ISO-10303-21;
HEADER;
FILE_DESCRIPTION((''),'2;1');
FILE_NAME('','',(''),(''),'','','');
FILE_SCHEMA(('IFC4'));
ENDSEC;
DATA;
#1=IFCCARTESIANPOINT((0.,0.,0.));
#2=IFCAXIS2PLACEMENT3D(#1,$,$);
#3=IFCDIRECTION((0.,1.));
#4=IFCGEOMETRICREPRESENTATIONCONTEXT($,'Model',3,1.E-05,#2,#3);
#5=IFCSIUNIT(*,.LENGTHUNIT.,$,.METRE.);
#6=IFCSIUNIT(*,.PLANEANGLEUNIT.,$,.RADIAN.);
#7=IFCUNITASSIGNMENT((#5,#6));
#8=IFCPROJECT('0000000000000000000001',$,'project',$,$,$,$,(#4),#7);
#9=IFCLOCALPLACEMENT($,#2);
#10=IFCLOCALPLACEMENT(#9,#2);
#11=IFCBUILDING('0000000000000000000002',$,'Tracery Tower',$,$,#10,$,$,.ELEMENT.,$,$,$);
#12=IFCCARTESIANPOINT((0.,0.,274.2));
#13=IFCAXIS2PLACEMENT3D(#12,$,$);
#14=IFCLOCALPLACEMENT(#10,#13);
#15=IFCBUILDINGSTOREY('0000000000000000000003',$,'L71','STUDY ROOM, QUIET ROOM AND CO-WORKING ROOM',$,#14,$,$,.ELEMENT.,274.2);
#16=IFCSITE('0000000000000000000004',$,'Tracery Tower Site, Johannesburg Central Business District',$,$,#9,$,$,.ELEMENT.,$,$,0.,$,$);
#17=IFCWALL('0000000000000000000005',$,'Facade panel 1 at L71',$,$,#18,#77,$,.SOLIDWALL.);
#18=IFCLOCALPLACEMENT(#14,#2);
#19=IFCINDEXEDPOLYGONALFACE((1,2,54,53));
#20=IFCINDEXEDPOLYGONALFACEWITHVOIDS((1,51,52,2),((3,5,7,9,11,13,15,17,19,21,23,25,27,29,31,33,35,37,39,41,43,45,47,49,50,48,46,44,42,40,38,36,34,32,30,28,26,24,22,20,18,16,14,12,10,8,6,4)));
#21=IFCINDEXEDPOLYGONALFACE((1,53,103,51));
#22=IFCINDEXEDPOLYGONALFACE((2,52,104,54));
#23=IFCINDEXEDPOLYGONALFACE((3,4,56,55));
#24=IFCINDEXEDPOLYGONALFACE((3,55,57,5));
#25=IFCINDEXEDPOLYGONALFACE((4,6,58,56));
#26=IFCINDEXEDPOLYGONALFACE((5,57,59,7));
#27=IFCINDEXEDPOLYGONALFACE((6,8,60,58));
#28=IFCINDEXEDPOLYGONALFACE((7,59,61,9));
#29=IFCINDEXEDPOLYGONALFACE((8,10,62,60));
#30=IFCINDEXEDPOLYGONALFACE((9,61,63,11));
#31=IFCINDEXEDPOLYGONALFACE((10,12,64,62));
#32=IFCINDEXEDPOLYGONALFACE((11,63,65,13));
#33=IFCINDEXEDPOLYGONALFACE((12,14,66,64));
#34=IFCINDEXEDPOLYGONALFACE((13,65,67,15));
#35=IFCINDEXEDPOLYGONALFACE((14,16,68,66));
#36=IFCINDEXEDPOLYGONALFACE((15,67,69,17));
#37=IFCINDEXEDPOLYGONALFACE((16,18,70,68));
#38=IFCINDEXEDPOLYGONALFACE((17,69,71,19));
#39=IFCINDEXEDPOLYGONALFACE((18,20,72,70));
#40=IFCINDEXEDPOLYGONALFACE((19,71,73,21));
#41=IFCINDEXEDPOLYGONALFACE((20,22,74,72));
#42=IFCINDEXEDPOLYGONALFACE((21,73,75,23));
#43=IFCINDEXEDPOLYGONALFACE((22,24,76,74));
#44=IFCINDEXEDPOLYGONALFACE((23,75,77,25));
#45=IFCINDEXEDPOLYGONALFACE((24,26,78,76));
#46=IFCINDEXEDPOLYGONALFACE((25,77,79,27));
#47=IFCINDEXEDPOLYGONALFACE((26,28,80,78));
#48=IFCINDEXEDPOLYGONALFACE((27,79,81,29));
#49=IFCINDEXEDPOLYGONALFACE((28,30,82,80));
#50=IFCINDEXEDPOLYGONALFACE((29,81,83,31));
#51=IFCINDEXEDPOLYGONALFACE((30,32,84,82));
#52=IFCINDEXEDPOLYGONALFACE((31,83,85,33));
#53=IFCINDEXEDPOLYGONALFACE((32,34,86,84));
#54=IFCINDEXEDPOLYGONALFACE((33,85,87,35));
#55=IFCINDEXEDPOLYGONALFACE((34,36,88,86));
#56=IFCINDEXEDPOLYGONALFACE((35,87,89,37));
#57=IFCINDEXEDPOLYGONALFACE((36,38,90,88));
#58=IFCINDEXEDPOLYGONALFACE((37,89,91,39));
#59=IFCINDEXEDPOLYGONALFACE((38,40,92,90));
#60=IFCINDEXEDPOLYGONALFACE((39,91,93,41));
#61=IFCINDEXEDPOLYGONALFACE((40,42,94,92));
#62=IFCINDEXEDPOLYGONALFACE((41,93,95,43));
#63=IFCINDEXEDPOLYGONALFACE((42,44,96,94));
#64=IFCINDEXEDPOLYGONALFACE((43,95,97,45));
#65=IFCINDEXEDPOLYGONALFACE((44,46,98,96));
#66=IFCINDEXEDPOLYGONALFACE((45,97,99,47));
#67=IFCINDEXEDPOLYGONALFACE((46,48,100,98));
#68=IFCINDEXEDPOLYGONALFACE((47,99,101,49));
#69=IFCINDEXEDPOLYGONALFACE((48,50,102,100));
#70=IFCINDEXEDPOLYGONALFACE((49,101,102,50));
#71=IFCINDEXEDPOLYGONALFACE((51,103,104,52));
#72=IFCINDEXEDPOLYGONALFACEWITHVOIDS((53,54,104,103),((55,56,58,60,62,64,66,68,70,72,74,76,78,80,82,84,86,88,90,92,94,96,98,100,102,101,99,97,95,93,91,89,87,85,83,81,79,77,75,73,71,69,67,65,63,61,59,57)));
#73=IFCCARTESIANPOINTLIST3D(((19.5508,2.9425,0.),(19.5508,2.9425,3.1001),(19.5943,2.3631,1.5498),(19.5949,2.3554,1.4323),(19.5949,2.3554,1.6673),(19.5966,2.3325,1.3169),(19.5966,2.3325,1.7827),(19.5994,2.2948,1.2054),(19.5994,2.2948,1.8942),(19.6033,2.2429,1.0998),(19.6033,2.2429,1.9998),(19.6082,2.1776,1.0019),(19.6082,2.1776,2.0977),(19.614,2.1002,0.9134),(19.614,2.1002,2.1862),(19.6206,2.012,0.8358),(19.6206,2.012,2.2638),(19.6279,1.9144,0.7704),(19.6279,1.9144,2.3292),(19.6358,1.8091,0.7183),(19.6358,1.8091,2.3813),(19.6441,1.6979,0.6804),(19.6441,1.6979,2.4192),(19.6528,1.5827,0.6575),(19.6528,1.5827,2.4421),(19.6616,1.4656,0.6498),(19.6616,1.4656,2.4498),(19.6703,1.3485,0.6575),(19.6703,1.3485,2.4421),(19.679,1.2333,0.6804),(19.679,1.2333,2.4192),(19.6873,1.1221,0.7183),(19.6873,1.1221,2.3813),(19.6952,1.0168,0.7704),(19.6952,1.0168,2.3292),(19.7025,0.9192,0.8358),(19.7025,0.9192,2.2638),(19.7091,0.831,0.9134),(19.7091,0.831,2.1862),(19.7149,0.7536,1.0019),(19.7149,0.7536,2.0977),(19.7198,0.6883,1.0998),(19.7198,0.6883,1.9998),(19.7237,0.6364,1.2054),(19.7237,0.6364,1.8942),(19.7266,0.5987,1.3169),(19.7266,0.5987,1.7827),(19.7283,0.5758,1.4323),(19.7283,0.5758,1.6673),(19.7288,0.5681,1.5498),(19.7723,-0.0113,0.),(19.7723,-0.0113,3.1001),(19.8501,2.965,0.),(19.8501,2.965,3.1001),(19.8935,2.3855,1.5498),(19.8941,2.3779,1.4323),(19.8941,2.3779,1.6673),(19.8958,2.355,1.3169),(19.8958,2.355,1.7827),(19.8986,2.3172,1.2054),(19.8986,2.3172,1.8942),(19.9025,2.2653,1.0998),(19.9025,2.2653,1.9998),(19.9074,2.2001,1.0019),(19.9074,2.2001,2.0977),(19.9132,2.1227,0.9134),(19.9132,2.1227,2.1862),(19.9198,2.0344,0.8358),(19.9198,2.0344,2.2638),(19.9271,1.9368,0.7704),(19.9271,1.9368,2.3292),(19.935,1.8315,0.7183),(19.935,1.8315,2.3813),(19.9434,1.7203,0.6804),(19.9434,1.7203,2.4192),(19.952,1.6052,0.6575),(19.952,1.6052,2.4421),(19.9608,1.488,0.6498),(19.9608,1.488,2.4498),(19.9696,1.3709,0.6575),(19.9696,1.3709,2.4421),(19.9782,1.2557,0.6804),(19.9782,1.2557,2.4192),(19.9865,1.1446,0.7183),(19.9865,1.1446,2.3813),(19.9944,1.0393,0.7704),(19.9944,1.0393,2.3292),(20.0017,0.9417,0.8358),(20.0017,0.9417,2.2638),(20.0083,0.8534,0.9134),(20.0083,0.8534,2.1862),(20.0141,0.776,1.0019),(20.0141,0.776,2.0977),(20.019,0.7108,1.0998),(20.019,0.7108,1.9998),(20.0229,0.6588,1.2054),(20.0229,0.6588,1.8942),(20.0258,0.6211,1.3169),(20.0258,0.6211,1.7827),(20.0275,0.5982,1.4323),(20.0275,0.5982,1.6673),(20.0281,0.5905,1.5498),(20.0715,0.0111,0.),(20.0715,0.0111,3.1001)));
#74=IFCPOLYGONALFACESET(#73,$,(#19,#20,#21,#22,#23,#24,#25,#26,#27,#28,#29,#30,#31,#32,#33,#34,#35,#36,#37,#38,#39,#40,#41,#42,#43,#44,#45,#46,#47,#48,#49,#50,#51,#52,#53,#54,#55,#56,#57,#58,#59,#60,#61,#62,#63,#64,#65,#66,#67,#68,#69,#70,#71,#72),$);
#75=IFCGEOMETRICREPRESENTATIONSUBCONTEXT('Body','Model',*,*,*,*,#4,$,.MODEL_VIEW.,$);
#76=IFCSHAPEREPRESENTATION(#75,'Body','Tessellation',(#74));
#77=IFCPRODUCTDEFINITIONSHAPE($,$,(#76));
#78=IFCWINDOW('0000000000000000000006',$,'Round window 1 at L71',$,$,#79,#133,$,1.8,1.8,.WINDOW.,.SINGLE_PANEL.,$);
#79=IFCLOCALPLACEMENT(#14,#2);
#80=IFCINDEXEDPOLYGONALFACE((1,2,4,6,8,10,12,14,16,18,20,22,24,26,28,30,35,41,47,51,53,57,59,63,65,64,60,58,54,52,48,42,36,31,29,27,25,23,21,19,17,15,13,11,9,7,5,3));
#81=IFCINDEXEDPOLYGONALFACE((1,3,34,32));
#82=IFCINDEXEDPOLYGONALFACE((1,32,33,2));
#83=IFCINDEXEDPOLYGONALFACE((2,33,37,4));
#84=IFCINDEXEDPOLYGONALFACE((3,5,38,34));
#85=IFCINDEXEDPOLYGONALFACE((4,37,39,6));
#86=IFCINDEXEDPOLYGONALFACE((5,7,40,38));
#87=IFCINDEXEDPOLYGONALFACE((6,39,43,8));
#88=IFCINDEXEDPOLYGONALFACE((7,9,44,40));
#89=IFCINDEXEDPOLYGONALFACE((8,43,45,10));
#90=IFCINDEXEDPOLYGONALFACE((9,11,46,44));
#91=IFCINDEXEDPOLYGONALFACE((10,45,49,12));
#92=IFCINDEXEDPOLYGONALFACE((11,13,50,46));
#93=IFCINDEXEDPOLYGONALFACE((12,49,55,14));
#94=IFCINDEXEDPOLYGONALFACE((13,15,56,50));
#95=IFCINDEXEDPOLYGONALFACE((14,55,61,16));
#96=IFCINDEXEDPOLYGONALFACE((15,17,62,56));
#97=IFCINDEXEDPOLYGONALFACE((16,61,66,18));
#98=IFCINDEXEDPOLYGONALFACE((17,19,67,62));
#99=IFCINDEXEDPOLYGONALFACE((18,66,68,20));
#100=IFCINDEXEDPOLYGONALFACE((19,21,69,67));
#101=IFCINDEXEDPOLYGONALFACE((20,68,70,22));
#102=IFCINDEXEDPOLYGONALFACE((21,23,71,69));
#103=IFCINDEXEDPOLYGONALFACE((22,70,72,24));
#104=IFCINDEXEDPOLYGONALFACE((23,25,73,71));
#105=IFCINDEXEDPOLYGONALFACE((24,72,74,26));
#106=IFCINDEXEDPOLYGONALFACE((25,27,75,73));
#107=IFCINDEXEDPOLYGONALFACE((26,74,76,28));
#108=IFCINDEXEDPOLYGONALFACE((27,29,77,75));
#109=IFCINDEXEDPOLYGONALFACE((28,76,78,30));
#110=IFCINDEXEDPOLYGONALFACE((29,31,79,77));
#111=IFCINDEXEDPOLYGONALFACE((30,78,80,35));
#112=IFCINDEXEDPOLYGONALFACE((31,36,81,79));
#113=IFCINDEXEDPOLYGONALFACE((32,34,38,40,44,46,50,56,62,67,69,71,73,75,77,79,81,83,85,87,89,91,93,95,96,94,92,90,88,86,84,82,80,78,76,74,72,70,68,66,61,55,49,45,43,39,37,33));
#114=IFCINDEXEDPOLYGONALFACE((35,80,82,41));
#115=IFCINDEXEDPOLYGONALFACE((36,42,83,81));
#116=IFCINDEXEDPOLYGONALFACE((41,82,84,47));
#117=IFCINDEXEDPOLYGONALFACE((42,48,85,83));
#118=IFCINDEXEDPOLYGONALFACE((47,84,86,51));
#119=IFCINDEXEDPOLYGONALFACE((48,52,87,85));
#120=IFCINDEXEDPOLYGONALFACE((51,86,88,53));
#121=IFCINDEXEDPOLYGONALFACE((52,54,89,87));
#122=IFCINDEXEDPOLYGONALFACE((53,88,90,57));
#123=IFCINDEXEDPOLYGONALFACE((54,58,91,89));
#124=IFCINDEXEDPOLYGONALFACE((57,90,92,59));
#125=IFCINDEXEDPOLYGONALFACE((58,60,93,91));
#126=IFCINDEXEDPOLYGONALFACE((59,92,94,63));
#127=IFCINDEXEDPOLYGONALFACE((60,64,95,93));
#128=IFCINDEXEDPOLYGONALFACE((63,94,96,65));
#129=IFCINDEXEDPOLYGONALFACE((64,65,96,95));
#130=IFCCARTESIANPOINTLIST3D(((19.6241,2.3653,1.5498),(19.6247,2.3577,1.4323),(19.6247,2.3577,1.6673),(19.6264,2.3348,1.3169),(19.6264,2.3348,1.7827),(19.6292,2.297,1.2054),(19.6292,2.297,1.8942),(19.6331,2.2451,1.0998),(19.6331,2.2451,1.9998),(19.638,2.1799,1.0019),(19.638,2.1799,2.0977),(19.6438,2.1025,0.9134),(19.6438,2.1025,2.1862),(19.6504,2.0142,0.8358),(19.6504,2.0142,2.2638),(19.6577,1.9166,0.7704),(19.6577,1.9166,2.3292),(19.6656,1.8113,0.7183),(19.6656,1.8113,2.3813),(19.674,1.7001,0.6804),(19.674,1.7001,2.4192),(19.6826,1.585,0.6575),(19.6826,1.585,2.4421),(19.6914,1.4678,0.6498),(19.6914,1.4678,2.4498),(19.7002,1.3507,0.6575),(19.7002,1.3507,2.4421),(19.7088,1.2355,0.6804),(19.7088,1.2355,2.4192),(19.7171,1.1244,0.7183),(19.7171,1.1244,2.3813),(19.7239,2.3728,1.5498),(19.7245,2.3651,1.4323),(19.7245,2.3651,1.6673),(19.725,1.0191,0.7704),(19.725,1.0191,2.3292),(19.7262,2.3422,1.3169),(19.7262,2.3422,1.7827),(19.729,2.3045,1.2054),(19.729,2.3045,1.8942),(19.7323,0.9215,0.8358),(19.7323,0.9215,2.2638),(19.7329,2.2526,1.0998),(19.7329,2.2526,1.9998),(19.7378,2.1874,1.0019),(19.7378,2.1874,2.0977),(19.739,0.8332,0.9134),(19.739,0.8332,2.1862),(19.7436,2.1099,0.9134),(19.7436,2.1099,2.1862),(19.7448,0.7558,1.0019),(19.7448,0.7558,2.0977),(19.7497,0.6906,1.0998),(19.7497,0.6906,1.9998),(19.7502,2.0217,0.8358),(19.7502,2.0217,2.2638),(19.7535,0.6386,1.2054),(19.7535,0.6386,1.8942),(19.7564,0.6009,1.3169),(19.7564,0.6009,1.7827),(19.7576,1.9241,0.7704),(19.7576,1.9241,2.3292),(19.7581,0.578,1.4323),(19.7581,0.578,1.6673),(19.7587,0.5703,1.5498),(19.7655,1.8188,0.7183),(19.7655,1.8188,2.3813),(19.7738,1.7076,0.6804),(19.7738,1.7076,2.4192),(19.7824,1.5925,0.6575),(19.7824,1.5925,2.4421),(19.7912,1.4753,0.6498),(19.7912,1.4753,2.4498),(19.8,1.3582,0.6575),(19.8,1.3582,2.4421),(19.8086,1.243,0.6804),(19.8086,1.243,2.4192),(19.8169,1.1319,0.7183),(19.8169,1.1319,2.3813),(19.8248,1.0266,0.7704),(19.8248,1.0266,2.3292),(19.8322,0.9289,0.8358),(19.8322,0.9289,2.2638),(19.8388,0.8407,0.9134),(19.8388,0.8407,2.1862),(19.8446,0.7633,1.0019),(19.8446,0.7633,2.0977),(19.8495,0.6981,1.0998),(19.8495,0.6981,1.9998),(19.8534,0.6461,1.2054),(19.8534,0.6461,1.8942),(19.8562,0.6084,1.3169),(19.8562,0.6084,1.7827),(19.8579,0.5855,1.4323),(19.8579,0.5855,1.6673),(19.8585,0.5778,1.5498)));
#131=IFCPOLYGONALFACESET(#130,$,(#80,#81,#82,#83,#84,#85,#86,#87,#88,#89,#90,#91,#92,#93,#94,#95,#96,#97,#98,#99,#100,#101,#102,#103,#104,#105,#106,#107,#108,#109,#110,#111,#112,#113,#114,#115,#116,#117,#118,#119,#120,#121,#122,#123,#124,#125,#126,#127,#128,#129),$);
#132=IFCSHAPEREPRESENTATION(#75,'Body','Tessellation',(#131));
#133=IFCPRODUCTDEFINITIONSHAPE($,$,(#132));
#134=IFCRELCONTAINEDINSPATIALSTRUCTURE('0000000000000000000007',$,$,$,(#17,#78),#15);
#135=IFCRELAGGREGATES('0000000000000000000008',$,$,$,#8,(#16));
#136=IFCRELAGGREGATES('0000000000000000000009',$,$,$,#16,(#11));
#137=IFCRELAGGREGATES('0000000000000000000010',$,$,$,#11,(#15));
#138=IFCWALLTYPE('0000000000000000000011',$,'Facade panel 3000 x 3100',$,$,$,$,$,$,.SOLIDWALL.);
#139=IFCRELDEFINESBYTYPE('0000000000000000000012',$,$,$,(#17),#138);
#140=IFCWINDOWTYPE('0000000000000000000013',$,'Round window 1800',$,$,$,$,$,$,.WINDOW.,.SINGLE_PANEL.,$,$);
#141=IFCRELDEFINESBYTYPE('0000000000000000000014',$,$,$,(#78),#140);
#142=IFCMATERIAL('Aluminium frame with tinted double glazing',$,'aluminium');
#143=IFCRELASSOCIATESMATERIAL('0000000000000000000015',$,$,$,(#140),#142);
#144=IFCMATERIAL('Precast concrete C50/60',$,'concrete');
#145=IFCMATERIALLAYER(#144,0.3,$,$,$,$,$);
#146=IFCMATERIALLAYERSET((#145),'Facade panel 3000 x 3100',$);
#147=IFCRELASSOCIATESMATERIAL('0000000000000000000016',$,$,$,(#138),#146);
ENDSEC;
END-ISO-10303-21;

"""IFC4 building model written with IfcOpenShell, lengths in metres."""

from ifc_helpers import new_model, si_unit, direction, frame, frame_2d, origin, origin_2d, place, context, subcontext, project, spatial, rectangle, circle, extrude, material, layer, layer_set, type_object, element, fill, save


model = new_model("IFC4")

# Units and contexts
model_context = context("Model", 3, precision=1e-05, world=origin(), true_north=direction((0.0, 1.0)))
body_context = subcontext(model_context, "Body", "Model", "MODEL_VIEW")
ifc_project = project(units=[si_unit("LENGTHUNIT", "METRE"), si_unit("PLANEANGLEUNIT", "RADIAN")], contexts=[model_context])

# Site, building, storey
site_placement = place(None, origin())
site = spatial("IfcSite", under=ifc_project, at=site_placement, Name="Tracery Tower Site, Johannesburg Central Business District", CompositionType="ELEMENT", RefElevation=0.0)
building_placement = place(site_placement, origin())
building = spatial("IfcBuilding", under=site, at=building_placement, Name="Tracery Tower", CompositionType="ELEMENT")
storey_placement = place(building_placement, frame((0.0, 0.0, 274.2)))
storey = spatial("IfcBuildingStorey", under=building, at=storey_placement, Name="L71", Description="STUDY ROOM, QUIET ROOM AND CO-WORKING ROOM", CompositionType="ELEMENT", Elevation=274.2)

# Wall, opening, window
ifc_material_1 = material(Name="Aluminium frame with tinted double glazing", Category="aluminium")
window_type = type_object("IfcWindowType", Name="Round window 1800", PartitioningType="SINGLE_PANEL", PredefinedType="WINDOW", material=ifc_material_1)
ifc_material_2 = material(Name="Precast concrete C50/60", Category="concrete")
ifc_layer_1 = layer(ifc_material_2, 0.3)
ifc_layer_set_1 = layer_set([ifc_layer_1], Name="Facade panel 3000 x 3100")
wall_type_1 = type_object("IfcWallType", Name="Facade panel 3000 x 3100", PredefinedType="SOLIDWALL", material=ifc_layer_set_1)
wall_1_placement = place(storey_placement, frame((19.9219, 0.0, 0.0), z_axis=(0.0, 0.0, 1.0), x_axis=(-0.074755, 0.997202, 0.0)))
wall_1 = element("IfcWall", 1, at=wall_1_placement, inside=storey, type_object=wall_type_1, Name="Facade panel 1 at L71", PredefinedType="SOLIDWALL", context=body_context, shape_type="SweptSolid", body=[
    extrude(rectangle(XDim=2.9622, YDim=0.3, at=frame_2d((1.481, 0.0))), origin(), (0.0, 0.0, 1.0), 3.1001),
])
opening_1_placement = place(wall_1_placement, frame((1.481, 0.0, 1.5498)))
opening_1 = element("IfcOpeningElement", 2, at=opening_1_placement, cuts=wall_1, PredefinedType="OPENING", context=body_context, shape_type="SweptSolid", body=[
    extrude(circle(Radius=0.9, at=origin_2d()), frame((0.0, 0.1599, 0.0), z_axis=(0.0, -1.0, 0.0), x_axis=(1.0, 0.0, 0.0)), (0.0, 0.0, 1.0), 0.3201),
])
window_1_placement = place(opening_1_placement, origin())
window_1 = element("IfcWindow", 3, at=window_1_placement, inside=storey, type_object=window_type, Name="Round window 1 at L71", OverallHeight=1.8, OverallWidth=1.8, PartitioningType="SINGLE_PANEL", PredefinedType="WINDOW", context=body_context, shape_type="SweptSolid", body=[
    extrude(circle(Radius=0.9, at=origin_2d()), frame((0.0, 0.1201, 0.0), z_axis=(0.0, -1.0, 0.0), x_axis=(1.0, 0.0, 0.0)), (0.0, 0.0, 1.0), 0.1001),
])
fill(opening_1, window_1)

save(model, "model.ifc")
